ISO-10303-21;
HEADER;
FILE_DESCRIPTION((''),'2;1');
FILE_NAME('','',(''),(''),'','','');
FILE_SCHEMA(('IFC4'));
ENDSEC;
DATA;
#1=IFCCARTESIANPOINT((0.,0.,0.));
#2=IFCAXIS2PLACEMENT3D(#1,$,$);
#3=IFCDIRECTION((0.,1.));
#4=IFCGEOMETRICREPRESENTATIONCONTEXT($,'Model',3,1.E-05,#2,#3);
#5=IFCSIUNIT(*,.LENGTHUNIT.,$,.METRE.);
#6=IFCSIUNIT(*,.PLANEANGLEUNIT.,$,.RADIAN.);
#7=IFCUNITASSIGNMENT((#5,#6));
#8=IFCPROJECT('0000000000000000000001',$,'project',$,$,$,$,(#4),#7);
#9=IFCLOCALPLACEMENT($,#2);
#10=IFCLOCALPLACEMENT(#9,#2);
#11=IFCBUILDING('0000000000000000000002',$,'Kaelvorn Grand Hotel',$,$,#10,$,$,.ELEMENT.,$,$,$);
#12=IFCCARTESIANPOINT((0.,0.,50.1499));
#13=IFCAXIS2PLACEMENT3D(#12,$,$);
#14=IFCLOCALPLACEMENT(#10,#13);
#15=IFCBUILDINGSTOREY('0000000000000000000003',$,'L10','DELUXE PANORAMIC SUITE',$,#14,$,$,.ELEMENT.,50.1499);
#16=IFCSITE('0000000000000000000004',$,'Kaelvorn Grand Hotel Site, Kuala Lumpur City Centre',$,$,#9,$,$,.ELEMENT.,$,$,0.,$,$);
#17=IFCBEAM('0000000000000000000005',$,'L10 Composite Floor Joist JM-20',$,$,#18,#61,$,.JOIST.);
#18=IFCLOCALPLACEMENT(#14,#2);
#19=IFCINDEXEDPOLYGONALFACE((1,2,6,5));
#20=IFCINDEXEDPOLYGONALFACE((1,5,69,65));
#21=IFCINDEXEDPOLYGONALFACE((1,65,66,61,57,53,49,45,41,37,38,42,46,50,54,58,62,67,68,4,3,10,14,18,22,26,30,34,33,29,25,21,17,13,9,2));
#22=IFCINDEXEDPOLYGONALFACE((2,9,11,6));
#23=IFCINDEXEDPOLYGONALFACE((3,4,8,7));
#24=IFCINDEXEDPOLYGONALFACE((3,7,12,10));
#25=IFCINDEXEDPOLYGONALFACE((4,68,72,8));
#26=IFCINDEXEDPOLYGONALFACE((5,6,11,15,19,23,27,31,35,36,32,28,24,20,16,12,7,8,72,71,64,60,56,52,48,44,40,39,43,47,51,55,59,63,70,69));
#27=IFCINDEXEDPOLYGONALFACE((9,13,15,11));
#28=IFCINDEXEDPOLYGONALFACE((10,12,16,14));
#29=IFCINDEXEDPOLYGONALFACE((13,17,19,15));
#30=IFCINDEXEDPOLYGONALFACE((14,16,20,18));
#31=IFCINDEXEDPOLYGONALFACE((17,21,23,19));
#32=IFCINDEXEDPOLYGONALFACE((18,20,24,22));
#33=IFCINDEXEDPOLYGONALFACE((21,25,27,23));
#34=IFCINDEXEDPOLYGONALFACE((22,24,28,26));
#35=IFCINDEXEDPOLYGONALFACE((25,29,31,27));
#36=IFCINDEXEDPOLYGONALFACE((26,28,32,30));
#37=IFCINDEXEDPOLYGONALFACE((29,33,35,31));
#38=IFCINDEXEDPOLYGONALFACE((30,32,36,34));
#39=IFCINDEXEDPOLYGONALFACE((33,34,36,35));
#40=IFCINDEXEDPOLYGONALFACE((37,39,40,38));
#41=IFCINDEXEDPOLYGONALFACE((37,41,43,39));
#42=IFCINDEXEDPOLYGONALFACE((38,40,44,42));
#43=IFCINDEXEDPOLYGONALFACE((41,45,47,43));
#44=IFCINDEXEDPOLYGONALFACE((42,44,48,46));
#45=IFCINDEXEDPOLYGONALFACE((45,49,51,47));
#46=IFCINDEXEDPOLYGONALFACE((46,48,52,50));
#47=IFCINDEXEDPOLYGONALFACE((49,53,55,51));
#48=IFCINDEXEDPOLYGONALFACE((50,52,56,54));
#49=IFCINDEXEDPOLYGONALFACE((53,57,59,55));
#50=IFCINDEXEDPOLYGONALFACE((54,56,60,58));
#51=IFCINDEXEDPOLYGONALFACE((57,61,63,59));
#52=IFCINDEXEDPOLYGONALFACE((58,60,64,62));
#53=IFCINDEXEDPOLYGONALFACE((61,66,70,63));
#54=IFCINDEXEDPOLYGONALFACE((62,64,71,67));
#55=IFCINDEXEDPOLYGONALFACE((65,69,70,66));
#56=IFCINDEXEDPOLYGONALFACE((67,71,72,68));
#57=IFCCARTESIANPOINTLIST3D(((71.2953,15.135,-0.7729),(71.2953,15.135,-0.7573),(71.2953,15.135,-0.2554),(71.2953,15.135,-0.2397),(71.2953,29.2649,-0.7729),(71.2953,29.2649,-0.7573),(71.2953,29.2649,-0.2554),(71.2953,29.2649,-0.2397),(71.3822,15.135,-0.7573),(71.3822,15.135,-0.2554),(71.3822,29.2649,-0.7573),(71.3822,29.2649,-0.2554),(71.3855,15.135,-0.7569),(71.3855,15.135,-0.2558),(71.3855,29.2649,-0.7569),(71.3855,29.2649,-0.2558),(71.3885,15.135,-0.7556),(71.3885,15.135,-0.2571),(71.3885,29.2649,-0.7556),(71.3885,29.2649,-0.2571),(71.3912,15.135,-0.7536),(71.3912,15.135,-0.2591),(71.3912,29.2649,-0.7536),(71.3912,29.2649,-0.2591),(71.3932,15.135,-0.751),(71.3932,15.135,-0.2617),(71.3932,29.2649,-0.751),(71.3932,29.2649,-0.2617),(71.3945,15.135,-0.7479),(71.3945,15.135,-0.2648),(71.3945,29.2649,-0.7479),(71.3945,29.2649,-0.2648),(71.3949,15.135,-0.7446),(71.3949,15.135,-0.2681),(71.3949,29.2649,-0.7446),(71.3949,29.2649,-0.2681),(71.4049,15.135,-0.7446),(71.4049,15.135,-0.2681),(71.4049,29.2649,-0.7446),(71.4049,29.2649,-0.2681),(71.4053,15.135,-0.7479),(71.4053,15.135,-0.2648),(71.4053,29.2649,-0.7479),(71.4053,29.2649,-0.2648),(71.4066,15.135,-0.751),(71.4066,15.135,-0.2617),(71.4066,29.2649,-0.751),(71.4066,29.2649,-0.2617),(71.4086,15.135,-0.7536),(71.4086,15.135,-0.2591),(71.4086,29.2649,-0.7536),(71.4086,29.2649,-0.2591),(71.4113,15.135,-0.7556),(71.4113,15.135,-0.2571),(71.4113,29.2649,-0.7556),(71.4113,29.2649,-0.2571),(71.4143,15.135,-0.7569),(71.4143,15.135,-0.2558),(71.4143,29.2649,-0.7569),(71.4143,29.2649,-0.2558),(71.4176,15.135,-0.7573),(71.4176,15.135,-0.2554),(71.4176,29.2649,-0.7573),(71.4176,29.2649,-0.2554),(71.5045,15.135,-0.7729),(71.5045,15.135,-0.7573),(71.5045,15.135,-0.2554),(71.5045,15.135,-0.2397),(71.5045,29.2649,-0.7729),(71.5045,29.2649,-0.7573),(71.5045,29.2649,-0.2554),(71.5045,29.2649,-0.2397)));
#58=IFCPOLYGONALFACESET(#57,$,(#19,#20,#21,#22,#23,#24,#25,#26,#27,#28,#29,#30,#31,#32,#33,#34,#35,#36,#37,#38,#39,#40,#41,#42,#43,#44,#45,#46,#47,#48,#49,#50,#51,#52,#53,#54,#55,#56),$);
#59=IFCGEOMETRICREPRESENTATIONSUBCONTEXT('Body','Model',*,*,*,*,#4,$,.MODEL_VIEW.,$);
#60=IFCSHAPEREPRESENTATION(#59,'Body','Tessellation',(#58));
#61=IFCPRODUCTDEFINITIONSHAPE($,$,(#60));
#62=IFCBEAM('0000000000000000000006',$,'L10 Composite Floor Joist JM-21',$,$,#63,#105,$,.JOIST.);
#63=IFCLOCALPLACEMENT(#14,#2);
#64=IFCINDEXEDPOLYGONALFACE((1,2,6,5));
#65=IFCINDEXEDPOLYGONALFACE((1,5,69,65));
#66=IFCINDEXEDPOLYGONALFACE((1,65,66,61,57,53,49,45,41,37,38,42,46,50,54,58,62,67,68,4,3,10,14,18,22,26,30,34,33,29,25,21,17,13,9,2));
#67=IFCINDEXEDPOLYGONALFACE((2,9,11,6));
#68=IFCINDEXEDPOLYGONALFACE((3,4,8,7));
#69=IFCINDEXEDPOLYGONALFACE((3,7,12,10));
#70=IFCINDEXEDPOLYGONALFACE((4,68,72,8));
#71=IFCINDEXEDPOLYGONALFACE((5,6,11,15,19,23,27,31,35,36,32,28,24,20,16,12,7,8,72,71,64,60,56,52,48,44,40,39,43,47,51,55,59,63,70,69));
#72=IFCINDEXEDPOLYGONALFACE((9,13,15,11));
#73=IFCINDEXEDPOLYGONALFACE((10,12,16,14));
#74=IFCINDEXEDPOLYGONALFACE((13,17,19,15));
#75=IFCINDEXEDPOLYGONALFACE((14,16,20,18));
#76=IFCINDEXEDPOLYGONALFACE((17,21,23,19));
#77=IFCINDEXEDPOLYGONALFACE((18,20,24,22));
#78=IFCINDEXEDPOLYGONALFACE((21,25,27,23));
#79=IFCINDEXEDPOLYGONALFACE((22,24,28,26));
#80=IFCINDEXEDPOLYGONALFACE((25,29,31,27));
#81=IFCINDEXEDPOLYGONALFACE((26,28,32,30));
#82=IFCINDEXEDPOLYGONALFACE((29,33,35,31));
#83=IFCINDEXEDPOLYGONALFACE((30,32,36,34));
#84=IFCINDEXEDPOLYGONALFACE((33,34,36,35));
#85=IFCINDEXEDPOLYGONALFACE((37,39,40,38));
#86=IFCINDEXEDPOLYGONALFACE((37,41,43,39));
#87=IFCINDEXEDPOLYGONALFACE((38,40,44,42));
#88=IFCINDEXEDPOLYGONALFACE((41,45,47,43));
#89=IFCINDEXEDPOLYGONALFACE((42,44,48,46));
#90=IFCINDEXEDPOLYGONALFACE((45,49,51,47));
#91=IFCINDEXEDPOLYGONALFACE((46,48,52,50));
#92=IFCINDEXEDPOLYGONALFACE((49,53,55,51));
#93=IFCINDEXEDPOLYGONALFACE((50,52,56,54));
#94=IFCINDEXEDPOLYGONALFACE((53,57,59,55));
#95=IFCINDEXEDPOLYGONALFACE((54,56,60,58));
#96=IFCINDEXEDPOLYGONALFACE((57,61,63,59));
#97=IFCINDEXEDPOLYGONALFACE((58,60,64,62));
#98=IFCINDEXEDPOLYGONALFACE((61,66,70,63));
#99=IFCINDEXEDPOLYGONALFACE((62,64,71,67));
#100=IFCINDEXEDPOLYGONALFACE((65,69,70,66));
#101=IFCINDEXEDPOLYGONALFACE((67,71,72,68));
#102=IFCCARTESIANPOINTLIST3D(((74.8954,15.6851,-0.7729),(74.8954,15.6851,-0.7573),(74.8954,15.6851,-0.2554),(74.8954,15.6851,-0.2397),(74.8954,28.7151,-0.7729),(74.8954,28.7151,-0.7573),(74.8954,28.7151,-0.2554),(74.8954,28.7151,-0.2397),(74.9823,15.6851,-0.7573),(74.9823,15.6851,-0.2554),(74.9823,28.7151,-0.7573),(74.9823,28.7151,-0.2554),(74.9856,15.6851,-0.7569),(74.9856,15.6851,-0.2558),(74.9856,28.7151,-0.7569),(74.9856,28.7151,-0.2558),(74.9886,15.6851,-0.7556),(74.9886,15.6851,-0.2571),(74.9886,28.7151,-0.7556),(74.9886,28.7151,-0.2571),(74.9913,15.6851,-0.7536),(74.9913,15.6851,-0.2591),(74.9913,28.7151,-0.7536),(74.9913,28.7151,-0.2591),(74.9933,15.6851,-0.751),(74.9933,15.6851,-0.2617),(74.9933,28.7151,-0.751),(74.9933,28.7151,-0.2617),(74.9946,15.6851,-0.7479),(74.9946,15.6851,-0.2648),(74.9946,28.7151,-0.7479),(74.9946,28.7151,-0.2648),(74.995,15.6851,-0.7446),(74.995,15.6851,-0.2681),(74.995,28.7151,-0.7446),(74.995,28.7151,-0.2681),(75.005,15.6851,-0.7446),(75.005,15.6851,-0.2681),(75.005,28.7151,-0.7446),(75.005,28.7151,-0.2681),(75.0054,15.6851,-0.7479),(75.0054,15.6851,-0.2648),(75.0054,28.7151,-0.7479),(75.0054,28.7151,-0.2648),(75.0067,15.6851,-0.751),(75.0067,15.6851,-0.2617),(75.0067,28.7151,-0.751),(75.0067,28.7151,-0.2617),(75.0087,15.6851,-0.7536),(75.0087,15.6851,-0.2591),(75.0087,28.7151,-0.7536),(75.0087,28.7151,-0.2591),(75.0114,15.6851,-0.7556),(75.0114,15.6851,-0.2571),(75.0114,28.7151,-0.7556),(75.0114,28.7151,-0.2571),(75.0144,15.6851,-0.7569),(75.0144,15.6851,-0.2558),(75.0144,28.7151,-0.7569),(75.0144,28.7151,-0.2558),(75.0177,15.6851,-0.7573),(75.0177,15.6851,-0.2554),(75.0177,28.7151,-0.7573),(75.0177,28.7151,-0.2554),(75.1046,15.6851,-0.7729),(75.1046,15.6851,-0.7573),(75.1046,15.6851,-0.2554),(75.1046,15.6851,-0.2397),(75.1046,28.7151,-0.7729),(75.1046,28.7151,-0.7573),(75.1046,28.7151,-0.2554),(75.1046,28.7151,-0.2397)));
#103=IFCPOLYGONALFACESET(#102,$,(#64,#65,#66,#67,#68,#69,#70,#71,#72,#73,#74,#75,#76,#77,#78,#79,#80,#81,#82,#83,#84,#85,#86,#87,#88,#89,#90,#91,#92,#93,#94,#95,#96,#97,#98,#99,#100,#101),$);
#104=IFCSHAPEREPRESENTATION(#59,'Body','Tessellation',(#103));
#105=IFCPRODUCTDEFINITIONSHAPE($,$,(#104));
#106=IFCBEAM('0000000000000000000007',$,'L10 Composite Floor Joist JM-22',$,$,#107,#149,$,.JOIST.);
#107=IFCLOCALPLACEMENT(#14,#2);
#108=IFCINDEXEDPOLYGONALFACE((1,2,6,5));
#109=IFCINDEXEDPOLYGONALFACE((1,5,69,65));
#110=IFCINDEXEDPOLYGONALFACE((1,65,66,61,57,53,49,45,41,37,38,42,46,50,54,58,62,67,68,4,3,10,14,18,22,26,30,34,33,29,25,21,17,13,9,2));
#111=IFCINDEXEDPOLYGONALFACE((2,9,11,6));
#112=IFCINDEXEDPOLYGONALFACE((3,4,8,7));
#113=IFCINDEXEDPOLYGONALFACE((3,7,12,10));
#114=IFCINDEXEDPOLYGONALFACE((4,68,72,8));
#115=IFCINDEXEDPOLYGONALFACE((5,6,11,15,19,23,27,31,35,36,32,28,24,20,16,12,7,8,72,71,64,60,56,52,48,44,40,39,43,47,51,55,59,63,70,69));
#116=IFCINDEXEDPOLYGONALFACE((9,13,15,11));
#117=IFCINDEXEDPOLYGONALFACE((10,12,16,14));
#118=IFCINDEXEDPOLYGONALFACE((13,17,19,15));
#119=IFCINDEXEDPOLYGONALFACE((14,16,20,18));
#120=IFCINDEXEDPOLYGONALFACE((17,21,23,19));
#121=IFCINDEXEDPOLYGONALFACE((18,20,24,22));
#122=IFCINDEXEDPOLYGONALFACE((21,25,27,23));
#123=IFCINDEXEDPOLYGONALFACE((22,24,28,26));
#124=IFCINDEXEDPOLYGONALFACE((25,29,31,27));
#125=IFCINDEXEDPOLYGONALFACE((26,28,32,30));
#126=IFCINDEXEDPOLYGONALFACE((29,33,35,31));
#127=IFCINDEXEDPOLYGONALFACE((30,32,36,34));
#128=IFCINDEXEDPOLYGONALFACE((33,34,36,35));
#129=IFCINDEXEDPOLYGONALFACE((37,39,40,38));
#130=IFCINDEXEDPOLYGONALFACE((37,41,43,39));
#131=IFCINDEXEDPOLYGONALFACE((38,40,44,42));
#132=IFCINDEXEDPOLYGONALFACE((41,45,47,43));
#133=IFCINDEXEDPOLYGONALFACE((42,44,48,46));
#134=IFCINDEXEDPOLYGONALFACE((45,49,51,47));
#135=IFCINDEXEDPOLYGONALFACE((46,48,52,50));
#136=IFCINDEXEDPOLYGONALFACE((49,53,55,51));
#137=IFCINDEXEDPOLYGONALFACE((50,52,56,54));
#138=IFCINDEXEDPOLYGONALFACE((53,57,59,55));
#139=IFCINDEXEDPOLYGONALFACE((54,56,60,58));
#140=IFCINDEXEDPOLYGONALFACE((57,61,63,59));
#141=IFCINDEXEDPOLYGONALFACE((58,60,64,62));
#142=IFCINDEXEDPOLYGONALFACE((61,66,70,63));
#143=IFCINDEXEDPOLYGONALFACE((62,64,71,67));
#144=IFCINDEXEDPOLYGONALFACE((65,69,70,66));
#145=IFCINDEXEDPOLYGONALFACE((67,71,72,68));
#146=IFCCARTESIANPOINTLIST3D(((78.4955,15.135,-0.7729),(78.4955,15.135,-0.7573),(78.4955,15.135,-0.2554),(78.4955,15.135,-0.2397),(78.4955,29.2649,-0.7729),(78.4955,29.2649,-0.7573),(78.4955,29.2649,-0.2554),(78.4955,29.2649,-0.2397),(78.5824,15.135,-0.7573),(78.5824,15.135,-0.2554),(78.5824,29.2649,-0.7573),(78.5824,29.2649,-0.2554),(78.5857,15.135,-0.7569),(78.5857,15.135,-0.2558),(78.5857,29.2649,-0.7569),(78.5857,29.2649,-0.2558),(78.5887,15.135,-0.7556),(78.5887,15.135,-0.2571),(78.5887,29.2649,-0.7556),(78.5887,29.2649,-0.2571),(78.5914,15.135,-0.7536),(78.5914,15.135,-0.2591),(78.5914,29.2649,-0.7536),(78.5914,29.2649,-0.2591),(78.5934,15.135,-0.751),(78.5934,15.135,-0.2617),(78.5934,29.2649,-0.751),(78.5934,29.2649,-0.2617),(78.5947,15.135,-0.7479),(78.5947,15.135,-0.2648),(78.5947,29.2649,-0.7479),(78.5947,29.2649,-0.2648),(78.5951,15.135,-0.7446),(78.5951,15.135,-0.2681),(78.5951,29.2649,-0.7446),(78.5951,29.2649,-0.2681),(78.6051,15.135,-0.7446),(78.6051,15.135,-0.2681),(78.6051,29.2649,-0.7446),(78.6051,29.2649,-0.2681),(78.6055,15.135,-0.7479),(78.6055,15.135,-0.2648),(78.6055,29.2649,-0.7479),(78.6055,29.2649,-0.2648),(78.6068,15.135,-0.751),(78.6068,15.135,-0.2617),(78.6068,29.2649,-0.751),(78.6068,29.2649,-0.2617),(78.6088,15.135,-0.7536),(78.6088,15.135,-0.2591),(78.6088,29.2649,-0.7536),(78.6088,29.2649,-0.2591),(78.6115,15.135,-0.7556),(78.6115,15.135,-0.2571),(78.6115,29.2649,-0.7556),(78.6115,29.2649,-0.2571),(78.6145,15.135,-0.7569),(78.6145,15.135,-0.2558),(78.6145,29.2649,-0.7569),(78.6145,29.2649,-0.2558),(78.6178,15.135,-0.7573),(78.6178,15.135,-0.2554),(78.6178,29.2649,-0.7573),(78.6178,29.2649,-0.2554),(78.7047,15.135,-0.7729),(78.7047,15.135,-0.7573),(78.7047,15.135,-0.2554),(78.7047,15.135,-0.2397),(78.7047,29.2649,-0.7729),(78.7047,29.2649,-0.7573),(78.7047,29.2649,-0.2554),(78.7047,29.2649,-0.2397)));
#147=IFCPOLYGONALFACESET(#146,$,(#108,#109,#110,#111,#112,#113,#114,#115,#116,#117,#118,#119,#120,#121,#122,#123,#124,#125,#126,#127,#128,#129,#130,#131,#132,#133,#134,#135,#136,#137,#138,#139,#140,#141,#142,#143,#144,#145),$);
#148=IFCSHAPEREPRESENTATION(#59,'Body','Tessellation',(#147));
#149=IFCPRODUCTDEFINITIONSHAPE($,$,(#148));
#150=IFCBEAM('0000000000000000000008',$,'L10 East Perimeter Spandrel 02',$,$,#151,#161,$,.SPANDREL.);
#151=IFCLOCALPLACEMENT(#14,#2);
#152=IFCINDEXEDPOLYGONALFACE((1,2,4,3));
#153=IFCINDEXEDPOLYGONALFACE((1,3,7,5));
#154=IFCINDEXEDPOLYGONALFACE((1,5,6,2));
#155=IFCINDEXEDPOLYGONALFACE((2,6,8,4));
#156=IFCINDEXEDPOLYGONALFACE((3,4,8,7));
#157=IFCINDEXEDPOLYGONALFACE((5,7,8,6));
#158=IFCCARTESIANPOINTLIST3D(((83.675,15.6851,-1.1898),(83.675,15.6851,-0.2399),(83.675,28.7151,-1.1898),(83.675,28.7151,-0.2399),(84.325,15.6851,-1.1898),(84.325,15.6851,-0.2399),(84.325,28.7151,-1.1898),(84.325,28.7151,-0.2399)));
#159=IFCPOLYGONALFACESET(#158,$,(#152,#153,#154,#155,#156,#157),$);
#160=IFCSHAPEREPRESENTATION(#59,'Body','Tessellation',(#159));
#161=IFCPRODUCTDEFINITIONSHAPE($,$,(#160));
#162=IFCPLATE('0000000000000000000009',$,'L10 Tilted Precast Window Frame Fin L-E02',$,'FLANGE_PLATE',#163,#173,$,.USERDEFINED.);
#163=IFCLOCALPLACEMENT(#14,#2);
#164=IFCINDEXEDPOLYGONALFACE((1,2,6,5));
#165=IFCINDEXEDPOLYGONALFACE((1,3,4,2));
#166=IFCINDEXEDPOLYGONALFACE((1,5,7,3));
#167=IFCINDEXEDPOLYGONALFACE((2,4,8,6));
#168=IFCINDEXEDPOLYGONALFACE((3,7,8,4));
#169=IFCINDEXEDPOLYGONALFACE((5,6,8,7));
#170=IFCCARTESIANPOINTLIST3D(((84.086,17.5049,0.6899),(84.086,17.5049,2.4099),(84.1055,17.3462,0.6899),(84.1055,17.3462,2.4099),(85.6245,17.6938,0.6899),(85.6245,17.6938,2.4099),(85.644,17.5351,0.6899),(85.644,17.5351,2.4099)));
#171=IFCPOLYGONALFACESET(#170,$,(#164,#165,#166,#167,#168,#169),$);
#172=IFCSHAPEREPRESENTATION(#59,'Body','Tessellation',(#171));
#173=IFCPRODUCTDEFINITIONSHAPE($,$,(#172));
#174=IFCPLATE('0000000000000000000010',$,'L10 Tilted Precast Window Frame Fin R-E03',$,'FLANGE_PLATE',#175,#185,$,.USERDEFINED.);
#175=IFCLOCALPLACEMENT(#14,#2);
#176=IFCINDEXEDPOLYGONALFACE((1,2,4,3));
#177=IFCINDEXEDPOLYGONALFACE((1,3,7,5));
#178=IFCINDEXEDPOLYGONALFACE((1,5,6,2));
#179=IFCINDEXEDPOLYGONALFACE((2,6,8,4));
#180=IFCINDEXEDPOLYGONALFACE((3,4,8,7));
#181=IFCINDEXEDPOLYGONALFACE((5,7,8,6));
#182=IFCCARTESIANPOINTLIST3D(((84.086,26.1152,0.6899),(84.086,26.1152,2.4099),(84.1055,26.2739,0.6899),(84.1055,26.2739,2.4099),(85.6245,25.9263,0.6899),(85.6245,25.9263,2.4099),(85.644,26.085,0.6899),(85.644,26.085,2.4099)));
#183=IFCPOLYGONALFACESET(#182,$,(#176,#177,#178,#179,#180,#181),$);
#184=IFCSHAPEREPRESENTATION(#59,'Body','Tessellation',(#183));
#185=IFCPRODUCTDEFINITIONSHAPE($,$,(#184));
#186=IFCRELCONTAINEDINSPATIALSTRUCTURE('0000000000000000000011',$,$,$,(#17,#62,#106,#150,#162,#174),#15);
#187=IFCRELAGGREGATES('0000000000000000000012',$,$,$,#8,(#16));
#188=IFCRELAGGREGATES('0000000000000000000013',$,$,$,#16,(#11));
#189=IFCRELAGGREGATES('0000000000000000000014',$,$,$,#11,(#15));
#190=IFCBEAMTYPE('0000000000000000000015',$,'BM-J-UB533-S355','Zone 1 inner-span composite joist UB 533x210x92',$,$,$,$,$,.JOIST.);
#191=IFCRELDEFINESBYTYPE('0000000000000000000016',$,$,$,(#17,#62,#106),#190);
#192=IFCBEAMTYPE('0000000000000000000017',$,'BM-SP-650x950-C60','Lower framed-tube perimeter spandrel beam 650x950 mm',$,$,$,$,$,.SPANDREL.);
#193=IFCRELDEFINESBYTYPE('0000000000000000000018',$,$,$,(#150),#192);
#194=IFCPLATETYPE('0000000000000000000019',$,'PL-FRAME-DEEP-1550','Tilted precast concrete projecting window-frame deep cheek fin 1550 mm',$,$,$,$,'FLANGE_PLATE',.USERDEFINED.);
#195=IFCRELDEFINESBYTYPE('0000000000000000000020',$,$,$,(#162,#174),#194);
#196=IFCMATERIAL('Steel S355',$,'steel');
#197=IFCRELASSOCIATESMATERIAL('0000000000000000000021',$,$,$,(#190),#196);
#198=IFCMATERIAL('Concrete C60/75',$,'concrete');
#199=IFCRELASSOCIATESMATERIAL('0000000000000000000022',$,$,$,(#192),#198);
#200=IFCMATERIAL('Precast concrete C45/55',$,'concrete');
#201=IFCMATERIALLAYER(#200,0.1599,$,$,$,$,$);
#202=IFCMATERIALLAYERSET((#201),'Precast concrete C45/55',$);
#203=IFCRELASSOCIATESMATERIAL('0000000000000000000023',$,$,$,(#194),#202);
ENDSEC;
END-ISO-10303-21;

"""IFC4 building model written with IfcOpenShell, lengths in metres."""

from ifc_helpers import new_model, si_unit, direction, frame, origin, origin_2d, place, context, subcontext, project, spatial, rectangle, i_section, extrude, material, layer, layer_set, material_profile, profile_set, type_object, element, save


model = new_model("IFC4")

# Units and contexts
model_context = context("Model", 3, precision=1e-05, world=origin(), true_north=direction((0.0, 1.0)))
body_context = subcontext(model_context, "Body", "Model", "MODEL_VIEW")
ifc_project = project(units=[si_unit("LENGTHUNIT", "METRE"), si_unit("PLANEANGLEUNIT", "RADIAN")], contexts=[model_context])

# Site, building, storey
site_placement = place(None, origin())
site = spatial("IfcSite", under=ifc_project, at=site_placement, Name="Kaelvorn Grand Hotel Site, Kuala Lumpur City Centre", CompositionType="ELEMENT", RefElevation=0.0)
building_placement = place(site_placement, origin())
building = spatial("IfcBuilding", under=site, at=building_placement, Name="Kaelvorn Grand Hotel", CompositionType="ELEMENT")
storey_placement = place(building_placement, frame((0.0, 0.0, 50.1499)))
storey = spatial("IfcBuildingStorey", under=building, at=storey_placement, Name="L10", Description="DELUXE PANORAMIC SUITE", CompositionType="ELEMENT", Elevation=50.1499)

# Beams
ifc_material_1 = material(Name="Steel S355", Category="steel")
ifc_material_profile_1 = material_profile(ifc_material_1, i_section(OverallWidth=0.2092, OverallDepth=0.5332, WebThickness=0.01, FlangeThickness=0.0156, FilletRadius=0.0127, at=origin_2d()), Name="UB 533x210x92")
ifc_profile_set_1 = profile_set([ifc_material_profile_1], Name="Steel S355")
beam_type_1 = type_object("IfcBeamType", Name="BM-J-UB533-S355", Description="Zone 1 inner-span composite joist UB 533x210x92", PredefinedType="JOIST", material=ifc_profile_set_1)
beam_1_placement = place(storey_placement, frame((71.3999, 15.135, -0.5063), z_axis=(0.0, 1.0, 0.0), x_axis=(-1.0, 0.0, 0.0)))
element("IfcBeam", 1, at=beam_1_placement, inside=storey, type_object=beam_type_1, Name="L10 Composite Floor Joist JM-20", PredefinedType="JOIST", context=body_context, shape_type="SweptSolid", body=[
    extrude(i_section(OverallWidth=0.2092, OverallDepth=0.5332, WebThickness=0.01, FlangeThickness=0.0156, FilletRadius=0.0127, at=origin_2d()), origin(), (0.0, 0.0, 1.0), 14.1299),
])
beam_2_placement = place(storey_placement, frame((75.0, 15.6851, -0.5063), z_axis=(0.0, 1.0, 0.0), x_axis=(-1.0, 0.0, 0.0)))
element("IfcBeam", 2, at=beam_2_placement, inside=storey, type_object=beam_type_1, Name="L10 Composite Floor Joist JM-21", PredefinedType="JOIST", context=body_context, shape_type="SweptSolid", body=[
    extrude(i_section(OverallWidth=0.2092, OverallDepth=0.5332, WebThickness=0.01, FlangeThickness=0.0156, FilletRadius=0.0127, at=origin_2d()), origin(), (0.0, 0.0, 1.0), 13.03),
])
beam_3_placement = place(storey_placement, frame((78.6001, 15.135, -0.5063), z_axis=(0.0, 1.0, 0.0), x_axis=(-1.0, 0.0, 0.0)))
element("IfcBeam", 3, at=beam_3_placement, inside=storey, type_object=beam_type_1, Name="L10 Composite Floor Joist JM-22", PredefinedType="JOIST", context=body_context, shape_type="SweptSolid", body=[
    extrude(i_section(OverallWidth=0.2092, OverallDepth=0.5332, WebThickness=0.01, FlangeThickness=0.0156, FilletRadius=0.0127, at=origin_2d()), origin(), (0.0, 0.0, 1.0), 14.1299),
])
ifc_material_2 = material(Name="Concrete C60/75", Category="concrete")
ifc_material_profile_2 = material_profile(ifc_material_2, rectangle(XDim=0.6499, YDim=0.95, at=origin_2d()), Name="RC SPANDREL 650x950")
ifc_profile_set_2 = profile_set([ifc_material_profile_2], Name="Concrete C60/75")
beam_type_2 = type_object("IfcBeamType", Name="BM-SP-650x950-C60", Description="Lower framed-tube perimeter spandrel beam 650x950 mm", PredefinedType="SPANDREL", material=ifc_profile_set_2)
beam_4_placement = place(storey_placement, frame((84.0, 15.6851, -0.7148), z_axis=(0.0, 1.0, 0.0), x_axis=(-1.0, 0.0, 0.0)))
element("IfcBeam", 4, at=beam_4_placement, inside=storey, type_object=beam_type_2, Name="L10 East Perimeter Spandrel 02", PredefinedType="SPANDREL", context=body_context, shape_type="SweptSolid", body=[
    extrude(rectangle(XDim=0.6499, YDim=0.95, at=origin_2d()), origin(), (0.0, 0.0, 1.0), 13.03),
])

# Plates
ifc_material_3 = material(Name="Precast concrete C45/55", Category="concrete")
ifc_layer_1 = layer(ifc_material_3, 0.1599)
ifc_layer_set_1 = layer_set([ifc_layer_1], Name="Precast concrete C45/55")
plate_type_1 = type_object("IfcPlateType", Name="PL-FRAME-DEEP-1550", Description="Tilted precast concrete projecting window-frame deep cheek fin 1550 mm", ElementType="FLANGE_PLATE", PredefinedType="USERDEFINED", material=ifc_layer_set_1)
for number, where, z_axis, x_axis, name in (
    (5, (84.865, 17.52, 0.6899), (0.0, 0.0, 1.0), (-0.121869, 0.992546, 0.0), "L10 Tilted Precast Window Frame Fin L-E02"),
    (6, (84.865, 26.1001, 0.6899), (0.0, 0.0, 1.0), (0.121869, 0.992546, 0.0), "L10 Tilted Precast Window Frame Fin R-E03"),
):
    element("IfcPlate", number, at=place(storey_placement, frame(where, z_axis=z_axis, x_axis=x_axis)), inside=storey, type_object=plate_type_1, Name=name, ObjectType="FLANGE_PLATE", PredefinedType="USERDEFINED", context=body_context, shape_type="SweptSolid", body=[
        extrude(rectangle(XDim=0.1599, YDim=1.55, at=origin_2d()), origin(), (0.0, 0.0, 1.0), 1.72),
    ])

save(model, "model.ifc")
